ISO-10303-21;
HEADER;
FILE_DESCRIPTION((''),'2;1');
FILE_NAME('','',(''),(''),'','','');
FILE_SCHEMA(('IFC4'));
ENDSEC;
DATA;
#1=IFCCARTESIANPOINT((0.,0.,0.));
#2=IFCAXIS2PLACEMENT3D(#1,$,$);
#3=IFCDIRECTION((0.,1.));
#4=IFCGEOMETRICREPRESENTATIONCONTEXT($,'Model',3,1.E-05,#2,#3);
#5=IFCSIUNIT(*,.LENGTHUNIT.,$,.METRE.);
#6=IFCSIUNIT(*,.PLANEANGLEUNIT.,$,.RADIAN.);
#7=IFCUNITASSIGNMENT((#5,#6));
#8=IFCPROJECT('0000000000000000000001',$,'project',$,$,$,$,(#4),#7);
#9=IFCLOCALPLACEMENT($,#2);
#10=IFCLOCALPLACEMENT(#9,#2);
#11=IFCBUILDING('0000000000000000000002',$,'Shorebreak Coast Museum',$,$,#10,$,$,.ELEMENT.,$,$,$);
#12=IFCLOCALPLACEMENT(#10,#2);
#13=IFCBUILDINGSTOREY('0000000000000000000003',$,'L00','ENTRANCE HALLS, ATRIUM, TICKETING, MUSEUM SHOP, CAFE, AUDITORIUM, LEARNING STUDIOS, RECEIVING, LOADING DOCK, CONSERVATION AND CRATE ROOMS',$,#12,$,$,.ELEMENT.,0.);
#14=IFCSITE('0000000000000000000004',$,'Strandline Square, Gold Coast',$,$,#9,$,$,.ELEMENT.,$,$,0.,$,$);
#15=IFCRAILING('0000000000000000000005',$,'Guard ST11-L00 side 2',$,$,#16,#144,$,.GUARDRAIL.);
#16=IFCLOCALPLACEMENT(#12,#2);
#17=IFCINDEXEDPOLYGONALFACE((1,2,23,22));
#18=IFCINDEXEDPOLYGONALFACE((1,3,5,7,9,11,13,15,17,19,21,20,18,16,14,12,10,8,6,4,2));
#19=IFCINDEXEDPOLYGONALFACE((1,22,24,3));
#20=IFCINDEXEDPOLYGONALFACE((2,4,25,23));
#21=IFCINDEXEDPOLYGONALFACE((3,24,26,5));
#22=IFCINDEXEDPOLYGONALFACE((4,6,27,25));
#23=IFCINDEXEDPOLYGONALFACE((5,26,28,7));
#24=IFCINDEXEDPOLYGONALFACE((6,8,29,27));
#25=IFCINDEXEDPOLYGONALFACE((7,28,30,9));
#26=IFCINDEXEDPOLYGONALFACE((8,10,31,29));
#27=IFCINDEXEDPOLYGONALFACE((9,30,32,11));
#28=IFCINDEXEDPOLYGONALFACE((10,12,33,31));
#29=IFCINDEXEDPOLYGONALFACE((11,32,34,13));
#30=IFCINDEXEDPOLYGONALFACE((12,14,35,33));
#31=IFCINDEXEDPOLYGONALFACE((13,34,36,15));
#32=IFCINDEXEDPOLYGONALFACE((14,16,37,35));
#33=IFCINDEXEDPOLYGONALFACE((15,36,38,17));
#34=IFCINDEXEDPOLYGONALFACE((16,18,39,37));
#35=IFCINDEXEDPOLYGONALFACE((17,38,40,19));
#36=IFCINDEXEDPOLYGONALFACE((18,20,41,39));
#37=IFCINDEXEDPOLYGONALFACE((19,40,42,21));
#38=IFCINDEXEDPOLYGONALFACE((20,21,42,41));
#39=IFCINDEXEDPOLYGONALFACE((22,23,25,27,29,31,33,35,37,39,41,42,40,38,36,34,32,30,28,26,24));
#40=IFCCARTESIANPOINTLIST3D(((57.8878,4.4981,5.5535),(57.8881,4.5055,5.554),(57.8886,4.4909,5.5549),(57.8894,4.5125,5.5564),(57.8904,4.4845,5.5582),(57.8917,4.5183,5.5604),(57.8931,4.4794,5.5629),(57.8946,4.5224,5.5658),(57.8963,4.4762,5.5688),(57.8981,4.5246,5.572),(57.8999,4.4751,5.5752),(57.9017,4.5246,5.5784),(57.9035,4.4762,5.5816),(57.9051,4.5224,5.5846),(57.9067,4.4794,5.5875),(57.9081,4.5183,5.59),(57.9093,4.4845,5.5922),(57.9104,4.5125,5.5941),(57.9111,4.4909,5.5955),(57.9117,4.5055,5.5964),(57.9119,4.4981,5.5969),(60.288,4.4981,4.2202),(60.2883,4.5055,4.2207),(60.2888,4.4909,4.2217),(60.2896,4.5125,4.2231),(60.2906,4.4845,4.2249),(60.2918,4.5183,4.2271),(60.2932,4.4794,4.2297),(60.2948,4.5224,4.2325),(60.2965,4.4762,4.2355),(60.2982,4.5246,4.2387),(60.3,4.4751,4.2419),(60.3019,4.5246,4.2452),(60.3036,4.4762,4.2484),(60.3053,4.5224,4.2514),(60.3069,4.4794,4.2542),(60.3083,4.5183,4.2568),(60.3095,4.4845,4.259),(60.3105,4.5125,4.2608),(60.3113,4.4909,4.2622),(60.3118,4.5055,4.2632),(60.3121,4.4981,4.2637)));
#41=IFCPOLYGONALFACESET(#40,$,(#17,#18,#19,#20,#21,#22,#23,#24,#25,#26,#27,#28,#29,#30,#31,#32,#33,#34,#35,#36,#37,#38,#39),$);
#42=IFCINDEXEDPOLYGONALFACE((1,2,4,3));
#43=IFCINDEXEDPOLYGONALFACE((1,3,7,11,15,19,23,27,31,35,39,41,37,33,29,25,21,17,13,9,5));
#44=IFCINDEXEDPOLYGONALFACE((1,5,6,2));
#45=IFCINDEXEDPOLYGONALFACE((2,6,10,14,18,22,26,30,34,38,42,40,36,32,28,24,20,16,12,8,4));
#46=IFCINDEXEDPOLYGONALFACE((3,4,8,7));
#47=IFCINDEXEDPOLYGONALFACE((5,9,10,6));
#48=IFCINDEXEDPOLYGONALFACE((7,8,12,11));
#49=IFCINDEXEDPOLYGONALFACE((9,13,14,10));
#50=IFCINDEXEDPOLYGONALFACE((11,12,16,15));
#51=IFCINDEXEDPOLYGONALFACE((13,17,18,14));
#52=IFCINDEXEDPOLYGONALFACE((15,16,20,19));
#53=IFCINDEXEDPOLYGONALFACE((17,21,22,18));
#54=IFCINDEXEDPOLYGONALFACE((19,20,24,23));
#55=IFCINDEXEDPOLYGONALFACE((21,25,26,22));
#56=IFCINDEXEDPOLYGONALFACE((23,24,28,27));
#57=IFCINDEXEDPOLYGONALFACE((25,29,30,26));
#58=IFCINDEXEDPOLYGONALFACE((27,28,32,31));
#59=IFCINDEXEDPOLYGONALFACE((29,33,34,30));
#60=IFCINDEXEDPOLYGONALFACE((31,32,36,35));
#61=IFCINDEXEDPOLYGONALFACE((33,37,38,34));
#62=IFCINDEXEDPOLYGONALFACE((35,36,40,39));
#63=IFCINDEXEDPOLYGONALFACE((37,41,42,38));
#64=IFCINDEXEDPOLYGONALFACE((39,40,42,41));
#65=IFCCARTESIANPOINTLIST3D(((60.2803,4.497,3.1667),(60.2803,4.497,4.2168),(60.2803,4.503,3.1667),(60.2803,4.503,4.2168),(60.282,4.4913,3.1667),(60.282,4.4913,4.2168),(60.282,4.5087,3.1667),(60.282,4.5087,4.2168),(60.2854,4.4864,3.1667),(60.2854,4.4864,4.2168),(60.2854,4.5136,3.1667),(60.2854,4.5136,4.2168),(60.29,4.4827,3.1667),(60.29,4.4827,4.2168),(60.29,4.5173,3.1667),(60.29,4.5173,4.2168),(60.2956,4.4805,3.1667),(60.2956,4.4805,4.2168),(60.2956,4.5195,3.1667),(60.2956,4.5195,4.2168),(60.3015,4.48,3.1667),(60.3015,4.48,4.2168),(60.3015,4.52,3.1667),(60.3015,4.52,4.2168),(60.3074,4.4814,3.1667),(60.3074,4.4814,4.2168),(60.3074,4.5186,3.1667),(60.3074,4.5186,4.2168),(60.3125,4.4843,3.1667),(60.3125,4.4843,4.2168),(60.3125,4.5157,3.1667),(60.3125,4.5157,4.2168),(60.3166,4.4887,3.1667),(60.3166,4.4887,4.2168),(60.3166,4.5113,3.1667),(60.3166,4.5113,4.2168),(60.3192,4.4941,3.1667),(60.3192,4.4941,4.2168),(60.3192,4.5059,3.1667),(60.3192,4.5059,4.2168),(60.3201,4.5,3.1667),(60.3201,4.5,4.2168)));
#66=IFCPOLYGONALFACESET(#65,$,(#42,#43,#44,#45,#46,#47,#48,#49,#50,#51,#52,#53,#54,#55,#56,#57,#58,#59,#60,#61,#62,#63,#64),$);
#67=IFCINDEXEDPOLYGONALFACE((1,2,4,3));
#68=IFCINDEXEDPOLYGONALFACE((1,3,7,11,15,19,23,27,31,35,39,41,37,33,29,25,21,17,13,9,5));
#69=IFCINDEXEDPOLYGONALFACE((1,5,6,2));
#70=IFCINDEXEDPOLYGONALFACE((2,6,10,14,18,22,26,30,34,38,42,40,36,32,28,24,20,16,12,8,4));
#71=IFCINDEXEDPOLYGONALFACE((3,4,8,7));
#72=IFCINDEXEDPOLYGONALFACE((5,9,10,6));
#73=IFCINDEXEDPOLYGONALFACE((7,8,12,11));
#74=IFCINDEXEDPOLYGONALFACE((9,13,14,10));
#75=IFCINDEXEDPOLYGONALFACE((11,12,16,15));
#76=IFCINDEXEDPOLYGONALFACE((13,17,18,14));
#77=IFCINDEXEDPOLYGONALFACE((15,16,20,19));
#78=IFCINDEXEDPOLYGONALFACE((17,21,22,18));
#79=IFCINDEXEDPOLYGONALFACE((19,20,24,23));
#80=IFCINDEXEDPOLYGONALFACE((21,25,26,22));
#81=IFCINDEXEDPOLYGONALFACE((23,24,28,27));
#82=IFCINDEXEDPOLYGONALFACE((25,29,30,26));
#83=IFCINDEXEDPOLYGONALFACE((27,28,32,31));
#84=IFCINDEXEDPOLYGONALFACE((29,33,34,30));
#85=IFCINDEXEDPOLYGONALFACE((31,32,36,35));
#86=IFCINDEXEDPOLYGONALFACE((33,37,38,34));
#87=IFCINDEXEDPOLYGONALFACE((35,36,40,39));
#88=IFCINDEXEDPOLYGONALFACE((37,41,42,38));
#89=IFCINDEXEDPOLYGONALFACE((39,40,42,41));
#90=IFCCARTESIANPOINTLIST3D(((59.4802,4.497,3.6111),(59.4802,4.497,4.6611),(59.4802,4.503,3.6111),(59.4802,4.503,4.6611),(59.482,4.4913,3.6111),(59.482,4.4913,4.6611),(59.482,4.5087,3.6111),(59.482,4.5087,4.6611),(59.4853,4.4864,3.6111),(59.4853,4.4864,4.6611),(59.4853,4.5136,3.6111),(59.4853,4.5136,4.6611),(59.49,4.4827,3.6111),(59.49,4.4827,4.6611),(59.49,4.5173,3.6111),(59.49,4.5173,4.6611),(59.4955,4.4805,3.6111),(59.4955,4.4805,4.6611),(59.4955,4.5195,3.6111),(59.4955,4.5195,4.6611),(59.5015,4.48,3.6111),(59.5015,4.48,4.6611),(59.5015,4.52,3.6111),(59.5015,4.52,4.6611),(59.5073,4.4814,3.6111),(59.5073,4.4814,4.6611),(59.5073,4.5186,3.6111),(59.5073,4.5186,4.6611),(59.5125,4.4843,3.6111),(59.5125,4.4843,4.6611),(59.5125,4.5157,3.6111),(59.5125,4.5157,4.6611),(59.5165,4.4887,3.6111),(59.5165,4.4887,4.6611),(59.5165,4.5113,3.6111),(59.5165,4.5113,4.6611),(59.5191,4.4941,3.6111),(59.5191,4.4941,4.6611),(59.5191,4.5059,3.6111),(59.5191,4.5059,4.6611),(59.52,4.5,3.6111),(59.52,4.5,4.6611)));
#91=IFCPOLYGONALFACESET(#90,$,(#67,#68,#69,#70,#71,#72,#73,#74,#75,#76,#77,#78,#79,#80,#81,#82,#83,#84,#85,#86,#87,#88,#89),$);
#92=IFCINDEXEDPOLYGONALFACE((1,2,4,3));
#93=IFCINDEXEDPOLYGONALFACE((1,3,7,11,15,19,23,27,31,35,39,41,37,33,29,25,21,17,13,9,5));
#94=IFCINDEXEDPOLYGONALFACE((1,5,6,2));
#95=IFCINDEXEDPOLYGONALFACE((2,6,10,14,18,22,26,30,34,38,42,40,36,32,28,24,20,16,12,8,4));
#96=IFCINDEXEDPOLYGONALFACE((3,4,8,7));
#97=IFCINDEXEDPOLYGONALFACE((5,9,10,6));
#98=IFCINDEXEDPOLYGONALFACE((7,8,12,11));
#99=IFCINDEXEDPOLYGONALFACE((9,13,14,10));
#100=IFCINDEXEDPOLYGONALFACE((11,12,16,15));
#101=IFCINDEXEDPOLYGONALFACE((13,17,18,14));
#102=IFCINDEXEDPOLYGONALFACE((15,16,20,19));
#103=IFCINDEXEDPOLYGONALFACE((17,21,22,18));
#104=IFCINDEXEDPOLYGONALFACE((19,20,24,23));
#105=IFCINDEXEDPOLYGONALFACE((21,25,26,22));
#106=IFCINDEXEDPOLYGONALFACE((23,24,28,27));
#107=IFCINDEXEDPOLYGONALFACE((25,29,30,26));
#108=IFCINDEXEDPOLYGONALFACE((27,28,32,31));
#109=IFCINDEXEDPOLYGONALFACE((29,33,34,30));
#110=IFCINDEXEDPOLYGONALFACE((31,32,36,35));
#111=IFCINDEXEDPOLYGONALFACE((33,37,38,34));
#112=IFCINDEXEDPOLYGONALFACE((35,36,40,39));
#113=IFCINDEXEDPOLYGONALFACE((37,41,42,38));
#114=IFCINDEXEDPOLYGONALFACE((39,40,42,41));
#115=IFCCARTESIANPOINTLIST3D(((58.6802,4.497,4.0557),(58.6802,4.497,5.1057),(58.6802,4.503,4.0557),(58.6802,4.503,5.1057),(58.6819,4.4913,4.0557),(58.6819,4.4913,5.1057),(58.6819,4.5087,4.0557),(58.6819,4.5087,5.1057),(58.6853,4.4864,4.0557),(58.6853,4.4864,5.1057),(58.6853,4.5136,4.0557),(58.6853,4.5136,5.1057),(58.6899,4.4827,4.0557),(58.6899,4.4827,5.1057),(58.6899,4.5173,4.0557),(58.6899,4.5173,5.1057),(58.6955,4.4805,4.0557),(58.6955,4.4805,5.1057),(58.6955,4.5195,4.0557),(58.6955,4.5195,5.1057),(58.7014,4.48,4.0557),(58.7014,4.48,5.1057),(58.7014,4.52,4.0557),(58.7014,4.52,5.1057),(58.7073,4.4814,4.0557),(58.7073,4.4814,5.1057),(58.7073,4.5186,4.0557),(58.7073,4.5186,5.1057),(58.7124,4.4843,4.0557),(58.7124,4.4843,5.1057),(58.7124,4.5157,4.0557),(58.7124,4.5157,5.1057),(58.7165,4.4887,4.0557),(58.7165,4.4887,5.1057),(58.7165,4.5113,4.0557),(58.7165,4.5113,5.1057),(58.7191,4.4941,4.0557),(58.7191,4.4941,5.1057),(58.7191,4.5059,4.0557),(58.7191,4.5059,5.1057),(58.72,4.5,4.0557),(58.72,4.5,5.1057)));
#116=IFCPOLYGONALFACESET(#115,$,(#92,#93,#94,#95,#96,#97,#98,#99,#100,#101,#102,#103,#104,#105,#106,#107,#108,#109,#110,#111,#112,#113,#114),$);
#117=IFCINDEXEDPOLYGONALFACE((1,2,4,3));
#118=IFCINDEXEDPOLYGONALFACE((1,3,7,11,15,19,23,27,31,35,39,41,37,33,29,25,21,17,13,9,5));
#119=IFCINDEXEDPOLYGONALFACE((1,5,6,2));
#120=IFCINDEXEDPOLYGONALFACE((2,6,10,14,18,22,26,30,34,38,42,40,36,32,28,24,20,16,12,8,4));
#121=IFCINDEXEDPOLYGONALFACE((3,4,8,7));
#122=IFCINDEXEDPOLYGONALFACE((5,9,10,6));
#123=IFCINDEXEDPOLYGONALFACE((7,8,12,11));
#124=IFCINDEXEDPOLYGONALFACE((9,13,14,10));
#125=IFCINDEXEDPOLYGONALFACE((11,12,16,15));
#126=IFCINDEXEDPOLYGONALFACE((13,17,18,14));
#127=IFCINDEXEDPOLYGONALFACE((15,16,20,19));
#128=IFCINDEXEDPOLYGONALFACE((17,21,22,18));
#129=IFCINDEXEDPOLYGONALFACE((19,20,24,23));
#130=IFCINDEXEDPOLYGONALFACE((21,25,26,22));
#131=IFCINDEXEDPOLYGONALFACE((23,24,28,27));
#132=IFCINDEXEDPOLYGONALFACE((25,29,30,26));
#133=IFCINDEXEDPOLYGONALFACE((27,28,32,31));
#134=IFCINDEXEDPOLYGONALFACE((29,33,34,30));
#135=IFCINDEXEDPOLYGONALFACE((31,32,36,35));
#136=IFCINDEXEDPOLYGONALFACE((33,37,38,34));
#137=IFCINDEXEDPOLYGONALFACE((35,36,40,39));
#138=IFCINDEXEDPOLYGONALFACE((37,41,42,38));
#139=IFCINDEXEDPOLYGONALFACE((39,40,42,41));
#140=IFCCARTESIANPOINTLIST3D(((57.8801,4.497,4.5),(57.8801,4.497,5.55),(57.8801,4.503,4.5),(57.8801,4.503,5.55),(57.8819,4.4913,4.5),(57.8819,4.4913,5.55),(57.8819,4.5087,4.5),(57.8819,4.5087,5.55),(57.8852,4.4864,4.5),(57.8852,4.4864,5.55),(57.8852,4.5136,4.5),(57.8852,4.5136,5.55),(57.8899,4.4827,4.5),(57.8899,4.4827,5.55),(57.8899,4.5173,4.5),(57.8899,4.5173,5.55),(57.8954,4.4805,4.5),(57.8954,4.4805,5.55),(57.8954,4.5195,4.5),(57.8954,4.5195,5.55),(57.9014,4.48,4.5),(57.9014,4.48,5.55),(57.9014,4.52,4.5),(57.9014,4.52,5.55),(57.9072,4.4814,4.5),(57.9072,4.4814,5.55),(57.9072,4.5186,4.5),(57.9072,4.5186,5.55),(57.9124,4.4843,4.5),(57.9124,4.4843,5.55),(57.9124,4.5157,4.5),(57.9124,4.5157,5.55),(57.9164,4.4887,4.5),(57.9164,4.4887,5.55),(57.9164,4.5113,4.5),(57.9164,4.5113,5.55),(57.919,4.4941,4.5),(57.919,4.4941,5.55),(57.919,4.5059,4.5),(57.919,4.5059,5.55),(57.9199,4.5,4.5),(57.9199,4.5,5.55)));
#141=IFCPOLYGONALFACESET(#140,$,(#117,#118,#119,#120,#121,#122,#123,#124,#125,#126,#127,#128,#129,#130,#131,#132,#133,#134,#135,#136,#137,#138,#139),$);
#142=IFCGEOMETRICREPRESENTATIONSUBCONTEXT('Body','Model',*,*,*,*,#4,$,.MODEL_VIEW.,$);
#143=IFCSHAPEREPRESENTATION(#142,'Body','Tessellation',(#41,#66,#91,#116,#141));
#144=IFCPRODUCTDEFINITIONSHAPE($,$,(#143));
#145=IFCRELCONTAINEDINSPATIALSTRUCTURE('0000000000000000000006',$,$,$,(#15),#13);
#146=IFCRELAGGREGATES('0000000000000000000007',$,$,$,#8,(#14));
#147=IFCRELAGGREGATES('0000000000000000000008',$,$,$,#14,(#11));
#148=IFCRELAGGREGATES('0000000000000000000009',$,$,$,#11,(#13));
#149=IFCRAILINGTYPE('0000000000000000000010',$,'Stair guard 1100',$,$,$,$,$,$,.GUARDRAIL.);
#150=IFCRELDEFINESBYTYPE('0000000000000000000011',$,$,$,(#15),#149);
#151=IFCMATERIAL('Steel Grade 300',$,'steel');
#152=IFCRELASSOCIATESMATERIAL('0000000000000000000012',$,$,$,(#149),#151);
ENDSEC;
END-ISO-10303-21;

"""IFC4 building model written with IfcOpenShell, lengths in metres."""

from ifc_helpers import new_model, si_unit, direction, frame, origin, origin_2d, place, context, subcontext, project, spatial, circle, extrude, material, type_object, element, save


model = new_model("IFC4")

# Units and contexts
model_context = context("Model", 3, precision=1e-05, world=origin(), true_north=direction((0.0, 1.0)))
body_context = subcontext(model_context, "Body", "Model", "MODEL_VIEW")
ifc_project = project(units=[si_unit("LENGTHUNIT", "METRE"), si_unit("PLANEANGLEUNIT", "RADIAN")], contexts=[model_context])

# Site, building, storey
site_placement = place(None, origin())
site = spatial("IfcSite", under=ifc_project, at=site_placement, Name="Strandline Square, Gold Coast", CompositionType="ELEMENT", RefElevation=0.0)
building_placement = place(site_placement, origin())
building = spatial("IfcBuilding", under=site, at=building_placement, Name="Shorebreak Coast Museum", CompositionType="ELEMENT")
storey_placement = place(building_placement, origin())
storey = spatial("IfcBuildingStorey", under=building, at=storey_placement, Name="L00", Description="ENTRANCE HALLS, ATRIUM, TICKETING, MUSEUM SHOP, CAFE, AUDITORIUM, LEARNING STUDIOS, RECEIVING, LOADING DOCK, CONSERVATION AND CRATE ROOMS", CompositionType="ELEMENT", Elevation=0.0)

# Railing
ifc_material_1 = material(Name="Steel Grade 300", Category="steel")
railing_type_1 = type_object("IfcRailingType", Name="Stair guard 1100", PredefinedType="GUARDRAIL", material=ifc_material_1)
railing_1_placement = place(storey_placement, frame((60.3, 4.5, 3.1667)))
element("IfcRailing", 1, at=railing_1_placement, inside=storey, type_object=railing_type_1, Name="Guard ST11-L00 side 2", PredefinedType="GUARDRAIL", context=body_context, shape_type="SweptSolid", body=[
    extrude(circle(Radius=0.0249, at=origin_2d()), frame((0.0, 0.0, 1.0752), z_axis=(-0.874182, 0.0, 0.485598), x_axis=(0.0, -1.0, 0.0)), (0.0, 0.0, 1.0), 2.7456),
    extrude(circle(Radius=0.02, at=origin_2d()), origin(), (0.0, 0.0, 1.0), 1.05),
    extrude(circle(Radius=0.02, at=origin_2d()), frame((-0.8, 0.0, 0.4443)), (0.0, 0.0, 1.0), 1.05),
    extrude(circle(Radius=0.02, at=origin_2d()), frame((-1.6001, 0.0, 0.8889)), (0.0, 0.0, 1.0), 1.05),
    extrude(circle(Radius=0.02, at=origin_2d()), frame((-2.4001, 0.0, 1.3333)), (0.0, 0.0, 1.0), 1.05),
])

save(model, "model.ifc")
